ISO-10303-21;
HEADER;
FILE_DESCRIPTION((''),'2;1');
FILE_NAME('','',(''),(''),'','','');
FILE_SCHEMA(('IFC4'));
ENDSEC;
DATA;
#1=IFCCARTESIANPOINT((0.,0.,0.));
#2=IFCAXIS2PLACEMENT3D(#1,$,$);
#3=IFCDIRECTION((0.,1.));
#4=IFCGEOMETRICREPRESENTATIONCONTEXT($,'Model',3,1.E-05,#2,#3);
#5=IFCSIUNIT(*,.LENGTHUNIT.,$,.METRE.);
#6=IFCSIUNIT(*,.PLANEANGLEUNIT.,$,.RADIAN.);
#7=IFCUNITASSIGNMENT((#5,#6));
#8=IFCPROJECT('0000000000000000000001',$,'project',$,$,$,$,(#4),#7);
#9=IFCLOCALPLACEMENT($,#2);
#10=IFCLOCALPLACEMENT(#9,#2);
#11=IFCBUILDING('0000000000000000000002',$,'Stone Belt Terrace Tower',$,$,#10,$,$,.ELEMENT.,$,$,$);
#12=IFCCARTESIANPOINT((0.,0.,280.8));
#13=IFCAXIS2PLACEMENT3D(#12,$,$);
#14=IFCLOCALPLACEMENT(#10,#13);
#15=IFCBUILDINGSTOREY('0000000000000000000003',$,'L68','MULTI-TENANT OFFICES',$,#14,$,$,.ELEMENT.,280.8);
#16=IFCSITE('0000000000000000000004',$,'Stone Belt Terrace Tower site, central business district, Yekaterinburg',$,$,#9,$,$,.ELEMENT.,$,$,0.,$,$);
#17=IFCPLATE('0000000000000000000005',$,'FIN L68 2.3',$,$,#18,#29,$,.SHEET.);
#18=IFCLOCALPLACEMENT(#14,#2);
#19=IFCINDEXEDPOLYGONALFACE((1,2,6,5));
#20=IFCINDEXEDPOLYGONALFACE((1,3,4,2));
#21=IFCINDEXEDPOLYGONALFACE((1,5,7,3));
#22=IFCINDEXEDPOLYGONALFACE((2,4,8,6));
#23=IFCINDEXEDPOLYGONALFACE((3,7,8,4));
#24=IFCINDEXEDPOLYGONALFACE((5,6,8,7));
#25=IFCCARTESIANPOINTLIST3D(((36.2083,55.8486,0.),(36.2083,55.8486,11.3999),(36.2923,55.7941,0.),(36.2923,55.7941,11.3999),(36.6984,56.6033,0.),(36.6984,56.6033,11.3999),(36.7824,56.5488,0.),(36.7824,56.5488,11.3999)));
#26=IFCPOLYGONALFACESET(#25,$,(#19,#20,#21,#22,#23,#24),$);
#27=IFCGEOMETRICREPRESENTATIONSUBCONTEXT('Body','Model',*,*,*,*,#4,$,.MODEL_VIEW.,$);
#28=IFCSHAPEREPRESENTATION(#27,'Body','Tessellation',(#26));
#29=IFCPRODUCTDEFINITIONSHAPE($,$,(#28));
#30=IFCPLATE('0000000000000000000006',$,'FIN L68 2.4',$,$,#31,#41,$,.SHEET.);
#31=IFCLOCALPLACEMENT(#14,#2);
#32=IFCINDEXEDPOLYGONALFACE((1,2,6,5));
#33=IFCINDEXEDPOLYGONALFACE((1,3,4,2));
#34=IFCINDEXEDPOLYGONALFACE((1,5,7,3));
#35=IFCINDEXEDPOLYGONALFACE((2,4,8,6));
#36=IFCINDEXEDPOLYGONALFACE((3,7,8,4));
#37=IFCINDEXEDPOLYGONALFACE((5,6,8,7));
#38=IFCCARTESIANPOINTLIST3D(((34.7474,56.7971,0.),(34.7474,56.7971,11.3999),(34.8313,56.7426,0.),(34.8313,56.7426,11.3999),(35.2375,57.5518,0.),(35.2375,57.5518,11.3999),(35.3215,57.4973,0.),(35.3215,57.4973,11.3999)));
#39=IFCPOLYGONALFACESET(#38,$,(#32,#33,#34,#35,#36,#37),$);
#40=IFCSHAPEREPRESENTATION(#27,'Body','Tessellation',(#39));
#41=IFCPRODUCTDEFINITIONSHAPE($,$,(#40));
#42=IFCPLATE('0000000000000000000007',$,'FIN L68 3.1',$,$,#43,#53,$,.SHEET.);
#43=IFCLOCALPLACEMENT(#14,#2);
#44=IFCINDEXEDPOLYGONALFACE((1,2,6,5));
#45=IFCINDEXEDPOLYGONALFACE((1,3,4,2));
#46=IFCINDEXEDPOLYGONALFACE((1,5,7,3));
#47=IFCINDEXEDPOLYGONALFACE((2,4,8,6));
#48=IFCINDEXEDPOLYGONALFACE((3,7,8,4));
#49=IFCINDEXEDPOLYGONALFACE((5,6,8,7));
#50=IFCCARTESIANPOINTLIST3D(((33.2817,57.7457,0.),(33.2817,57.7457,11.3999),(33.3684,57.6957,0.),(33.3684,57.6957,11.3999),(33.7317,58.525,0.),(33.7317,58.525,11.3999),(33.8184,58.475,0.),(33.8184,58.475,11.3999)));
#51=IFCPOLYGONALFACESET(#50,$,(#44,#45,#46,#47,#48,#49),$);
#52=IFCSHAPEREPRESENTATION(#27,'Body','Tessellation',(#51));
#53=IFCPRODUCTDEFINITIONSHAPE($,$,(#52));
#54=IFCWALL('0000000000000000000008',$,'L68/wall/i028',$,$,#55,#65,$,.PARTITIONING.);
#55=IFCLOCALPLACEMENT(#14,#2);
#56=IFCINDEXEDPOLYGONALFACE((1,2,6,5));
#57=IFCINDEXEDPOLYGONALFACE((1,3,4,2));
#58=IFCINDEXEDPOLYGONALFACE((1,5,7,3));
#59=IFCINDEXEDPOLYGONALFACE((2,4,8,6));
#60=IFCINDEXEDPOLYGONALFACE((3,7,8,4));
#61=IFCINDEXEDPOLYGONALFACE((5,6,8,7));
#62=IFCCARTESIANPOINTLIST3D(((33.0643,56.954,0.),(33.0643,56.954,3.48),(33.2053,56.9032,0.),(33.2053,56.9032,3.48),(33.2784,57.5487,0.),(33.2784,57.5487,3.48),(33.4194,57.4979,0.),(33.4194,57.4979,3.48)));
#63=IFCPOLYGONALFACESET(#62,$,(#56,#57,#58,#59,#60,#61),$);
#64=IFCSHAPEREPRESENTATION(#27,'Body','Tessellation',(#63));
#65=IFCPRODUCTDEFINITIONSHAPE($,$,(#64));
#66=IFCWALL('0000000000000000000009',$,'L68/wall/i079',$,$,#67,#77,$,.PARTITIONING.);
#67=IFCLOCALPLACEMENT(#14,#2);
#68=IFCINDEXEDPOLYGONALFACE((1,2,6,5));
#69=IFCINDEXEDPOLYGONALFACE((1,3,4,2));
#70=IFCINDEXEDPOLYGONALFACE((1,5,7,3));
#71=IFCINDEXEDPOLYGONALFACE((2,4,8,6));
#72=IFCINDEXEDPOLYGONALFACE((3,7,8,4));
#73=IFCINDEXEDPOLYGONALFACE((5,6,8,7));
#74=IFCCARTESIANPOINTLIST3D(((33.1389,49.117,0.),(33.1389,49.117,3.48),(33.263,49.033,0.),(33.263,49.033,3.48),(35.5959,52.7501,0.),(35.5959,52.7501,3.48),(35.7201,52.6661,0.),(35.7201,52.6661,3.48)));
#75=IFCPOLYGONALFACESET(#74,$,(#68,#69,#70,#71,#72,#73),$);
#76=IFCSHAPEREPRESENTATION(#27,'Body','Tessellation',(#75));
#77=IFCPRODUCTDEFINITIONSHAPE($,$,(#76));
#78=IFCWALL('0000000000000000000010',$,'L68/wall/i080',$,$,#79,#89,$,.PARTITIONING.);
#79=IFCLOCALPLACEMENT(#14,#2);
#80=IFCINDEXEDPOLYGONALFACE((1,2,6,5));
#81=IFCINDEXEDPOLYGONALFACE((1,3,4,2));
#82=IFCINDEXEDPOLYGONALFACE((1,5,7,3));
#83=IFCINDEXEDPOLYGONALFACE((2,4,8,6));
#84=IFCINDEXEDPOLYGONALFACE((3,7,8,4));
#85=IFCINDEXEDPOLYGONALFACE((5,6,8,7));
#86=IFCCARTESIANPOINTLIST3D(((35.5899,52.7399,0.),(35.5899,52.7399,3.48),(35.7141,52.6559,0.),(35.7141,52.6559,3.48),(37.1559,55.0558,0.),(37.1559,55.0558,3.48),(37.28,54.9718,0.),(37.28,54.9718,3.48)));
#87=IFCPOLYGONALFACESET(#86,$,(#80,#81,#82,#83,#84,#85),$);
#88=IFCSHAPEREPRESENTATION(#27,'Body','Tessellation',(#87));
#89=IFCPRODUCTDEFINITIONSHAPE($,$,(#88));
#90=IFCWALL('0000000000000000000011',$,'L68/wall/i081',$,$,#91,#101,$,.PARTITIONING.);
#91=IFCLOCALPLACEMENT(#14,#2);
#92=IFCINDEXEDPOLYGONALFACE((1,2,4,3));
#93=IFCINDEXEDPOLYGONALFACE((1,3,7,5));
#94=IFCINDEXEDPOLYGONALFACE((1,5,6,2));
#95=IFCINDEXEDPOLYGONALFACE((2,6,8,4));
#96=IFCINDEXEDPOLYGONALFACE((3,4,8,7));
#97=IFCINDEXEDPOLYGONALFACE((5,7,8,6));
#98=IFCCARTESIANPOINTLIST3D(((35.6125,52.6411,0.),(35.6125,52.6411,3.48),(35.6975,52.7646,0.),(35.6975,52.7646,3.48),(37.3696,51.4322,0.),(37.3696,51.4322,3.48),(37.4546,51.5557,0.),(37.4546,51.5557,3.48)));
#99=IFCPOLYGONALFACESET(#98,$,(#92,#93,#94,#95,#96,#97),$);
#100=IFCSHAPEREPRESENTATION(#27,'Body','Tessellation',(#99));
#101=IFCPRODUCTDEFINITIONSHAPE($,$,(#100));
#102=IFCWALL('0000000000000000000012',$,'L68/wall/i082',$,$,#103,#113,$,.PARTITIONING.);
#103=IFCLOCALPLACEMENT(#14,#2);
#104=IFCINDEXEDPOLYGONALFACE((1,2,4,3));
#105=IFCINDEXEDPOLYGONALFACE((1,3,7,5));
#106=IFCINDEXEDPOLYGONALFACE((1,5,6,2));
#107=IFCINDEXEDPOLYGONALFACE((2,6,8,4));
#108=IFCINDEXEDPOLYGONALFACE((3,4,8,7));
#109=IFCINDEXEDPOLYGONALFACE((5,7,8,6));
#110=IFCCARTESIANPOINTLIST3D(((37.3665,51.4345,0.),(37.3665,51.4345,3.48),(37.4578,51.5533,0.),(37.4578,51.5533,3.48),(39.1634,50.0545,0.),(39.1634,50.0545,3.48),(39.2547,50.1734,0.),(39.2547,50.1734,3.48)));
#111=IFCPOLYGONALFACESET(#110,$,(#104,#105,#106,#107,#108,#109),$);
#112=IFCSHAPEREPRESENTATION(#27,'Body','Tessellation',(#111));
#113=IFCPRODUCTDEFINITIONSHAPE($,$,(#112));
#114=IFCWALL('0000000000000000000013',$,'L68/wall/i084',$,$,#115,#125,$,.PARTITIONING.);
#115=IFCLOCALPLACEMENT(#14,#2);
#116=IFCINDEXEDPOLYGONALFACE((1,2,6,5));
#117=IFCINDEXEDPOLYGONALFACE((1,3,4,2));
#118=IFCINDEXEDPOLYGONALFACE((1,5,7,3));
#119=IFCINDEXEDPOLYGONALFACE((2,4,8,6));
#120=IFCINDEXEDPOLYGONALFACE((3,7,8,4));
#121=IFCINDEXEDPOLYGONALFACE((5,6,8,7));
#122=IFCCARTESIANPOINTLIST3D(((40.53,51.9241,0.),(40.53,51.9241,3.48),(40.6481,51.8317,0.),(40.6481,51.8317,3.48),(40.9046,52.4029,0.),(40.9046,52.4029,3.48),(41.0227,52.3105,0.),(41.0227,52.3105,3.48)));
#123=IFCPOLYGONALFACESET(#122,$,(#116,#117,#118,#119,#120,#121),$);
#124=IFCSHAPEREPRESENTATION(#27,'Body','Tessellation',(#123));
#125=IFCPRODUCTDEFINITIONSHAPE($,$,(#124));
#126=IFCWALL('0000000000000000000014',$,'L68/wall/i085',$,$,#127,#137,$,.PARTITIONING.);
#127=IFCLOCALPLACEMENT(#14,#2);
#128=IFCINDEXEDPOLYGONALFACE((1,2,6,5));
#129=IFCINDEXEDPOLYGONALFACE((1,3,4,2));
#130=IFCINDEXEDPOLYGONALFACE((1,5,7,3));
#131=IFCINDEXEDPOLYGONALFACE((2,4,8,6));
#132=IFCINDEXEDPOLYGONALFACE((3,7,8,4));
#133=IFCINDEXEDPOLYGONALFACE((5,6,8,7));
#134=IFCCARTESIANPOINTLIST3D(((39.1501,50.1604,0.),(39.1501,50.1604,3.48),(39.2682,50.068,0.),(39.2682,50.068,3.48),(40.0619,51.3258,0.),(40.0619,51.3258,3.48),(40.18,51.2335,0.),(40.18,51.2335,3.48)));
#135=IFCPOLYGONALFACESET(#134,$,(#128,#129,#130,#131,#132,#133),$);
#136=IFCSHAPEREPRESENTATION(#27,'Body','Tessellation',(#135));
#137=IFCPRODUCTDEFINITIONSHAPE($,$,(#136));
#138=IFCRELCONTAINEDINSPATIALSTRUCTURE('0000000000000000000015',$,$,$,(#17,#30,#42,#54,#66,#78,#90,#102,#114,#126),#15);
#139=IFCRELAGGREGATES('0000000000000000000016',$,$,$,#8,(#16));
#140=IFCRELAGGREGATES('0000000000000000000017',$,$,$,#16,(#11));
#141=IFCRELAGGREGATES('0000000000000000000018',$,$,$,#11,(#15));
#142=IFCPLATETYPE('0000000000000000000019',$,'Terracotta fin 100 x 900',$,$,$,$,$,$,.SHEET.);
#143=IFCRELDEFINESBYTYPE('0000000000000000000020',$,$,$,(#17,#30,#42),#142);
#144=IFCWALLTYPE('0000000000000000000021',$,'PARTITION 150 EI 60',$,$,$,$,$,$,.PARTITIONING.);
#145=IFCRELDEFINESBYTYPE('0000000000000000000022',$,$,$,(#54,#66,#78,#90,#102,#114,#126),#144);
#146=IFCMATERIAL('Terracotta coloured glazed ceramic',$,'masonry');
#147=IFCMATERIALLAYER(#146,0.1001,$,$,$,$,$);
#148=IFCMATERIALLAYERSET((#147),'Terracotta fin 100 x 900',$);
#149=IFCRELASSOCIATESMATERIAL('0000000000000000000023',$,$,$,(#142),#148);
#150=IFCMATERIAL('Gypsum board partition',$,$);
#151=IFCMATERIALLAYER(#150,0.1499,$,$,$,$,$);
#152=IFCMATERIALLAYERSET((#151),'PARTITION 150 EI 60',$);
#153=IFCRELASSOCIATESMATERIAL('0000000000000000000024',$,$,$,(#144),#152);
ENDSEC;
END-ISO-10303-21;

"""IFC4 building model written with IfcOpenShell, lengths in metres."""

from ifc_helpers import new_model, si_unit, direction, frame, frame_2d, origin, origin_2d, place, context, subcontext, project, spatial, rectangle, extrude, material, layer, layer_set, type_object, element, save


model = new_model("IFC4")

# Units and contexts
model_context = context("Model", 3, precision=1e-05, world=origin(), true_north=direction((0.0, 1.0)))
body_context = subcontext(model_context, "Body", "Model", "MODEL_VIEW")
ifc_project = project(units=[si_unit("LENGTHUNIT", "METRE"), si_unit("PLANEANGLEUNIT", "RADIAN")], contexts=[model_context])

# Site, building, storey
site_placement = place(None, origin())
site = spatial("IfcSite", under=ifc_project, at=site_placement, Name="Stone Belt Terrace Tower site, central business district, Yekaterinburg", CompositionType="ELEMENT", RefElevation=0.0)
building_placement = place(site_placement, origin())
building = spatial("IfcBuilding", under=site, at=building_placement, Name="Stone Belt Terrace Tower", CompositionType="ELEMENT")
storey_placement = place(building_placement, frame((0.0, 0.0, 280.8)))
storey = spatial("IfcBuildingStorey", under=building, at=storey_placement, Name="L68", Description="MULTI-TENANT OFFICES", CompositionType="ELEMENT", Elevation=280.8)

# Plates
ifc_material_1 = material(Name="Terracotta coloured glazed ceramic", Category="masonry")
ifc_layer_1 = layer(ifc_material_1, 0.1001)
ifc_layer_set_1 = layer_set([ifc_layer_1], Name="Terracotta fin 100 x 900")
plate_type_1 = type_object("IfcPlateType", Name="Terracotta fin 100 x 900", PredefinedType="SHEET", material=ifc_layer_set_1)
for number, where, z_axis, x_axis, name in (
    (1, (36.4954, 56.1987, 0.0), (0.0, 0.0, 1.0), (0.544639, 0.838671, 0.0), "FIN L68 2.3"),
    (2, (35.0344, 57.1472, 0.0), (0.0, 0.0, 1.0), (0.544639, 0.838671, 0.0), "FIN L68 2.4"),
    (3, (33.55, 58.1104, 0.0), (0.0, 0.0, 1.0), (0.5, 0.866025, 0.0), "FIN L68 3.1"),
):
    element("IfcPlate", number, at=place(storey_placement, frame(where, z_axis=z_axis, x_axis=x_axis)), inside=storey, type_object=plate_type_1, Name=name, PredefinedType="SHEET", context=body_context, shape_type="SweptSolid", body=[
        extrude(rectangle(XDim=0.8999, YDim=0.1001, at=origin_2d()), origin(), (0.0, 0.0, 1.0), 11.3999),
    ])

# Walls
ifc_material_2 = material(Name="Gypsum board partition")
ifc_layer_2 = layer(ifc_material_2, 0.1499)
ifc_layer_set_2 = layer_set([ifc_layer_2], Name="PARTITION 150 EI 60")
wall_type = type_object("IfcWallType", Name="PARTITION 150 EI 60", PredefinedType="PARTITIONING", material=ifc_layer_set_2)
wall_1_placement = place(storey_placement, frame((33.3489, 57.5232, 0.0), z_axis=(0.0, 0.0, 1.0), x_axis=(-0.338733, -0.940882, 0.0)))
element("IfcWall", 4, at=wall_1_placement, inside=storey, type_object=wall_type, Name="L68/wall/i028", PredefinedType="PARTITIONING", context=body_context, shape_type="SweptSolid", body=[
    extrude(rectangle(XDim=0.6321, YDim=0.1499, at=frame_2d((0.3159, 0.0))), origin(), (0.0, 0.0, 1.0), 3.48),
])
wall_2_placement = place(storey_placement, frame((35.658, 52.708, 0.0), z_axis=(0.0, 0.0, 1.0), x_axis=(-0.560212, -0.82835, 0.0)))
element("IfcWall", 5, at=wall_2_placement, inside=storey, type_object=wall_type, Name="L68/wall/i079", PredefinedType="PARTITIONING", context=body_context, shape_type="SweptSolid", body=[
    extrude(rectangle(XDim=4.386, YDim=0.1499, at=frame_2d((2.1929, 0.0))), origin(), (0.0, 0.0, 1.0), 3.48),
])
wall_3_placement = place(storey_placement, frame((37.218, 55.0139, 0.0), z_axis=(0.0, 0.0, 1.0), x_axis=(-0.56013, -0.828405, 0.0)))
element("IfcWall", 6, at=wall_3_placement, inside=storey, type_object=wall_type, Name="L68/wall/i080", PredefinedType="PARTITIONING", context=body_context, shape_type="SweptSolid", body=[
    extrude(rectangle(XDim=2.7957, YDim=0.1499, at=frame_2d((1.3979, 0.0))), origin(), (0.0, 0.0, 1.0), 3.48),
])
wall_4_placement = place(storey_placement, frame((35.655, 52.7029, 0.0), z_axis=(0.0, 0.0, 1.0), x_axis=(0.823825, -0.566845, 0.0)))
element("IfcWall", 7, at=wall_4_placement, inside=storey, type_object=wall_type, Name="L68/wall/i081", PredefinedType="PARTITIONING", context=body_context, shape_type="SweptSolid", body=[
    extrude(rectangle(XDim=2.1328, YDim=0.1499, at=frame_2d((1.0664, 0.0))), origin(), (0.0, 0.0, 1.0), 3.48),
])
wall_5_placement = place(storey_placement, frame((37.4121, 51.4939, 0.0), z_axis=(0.0, 0.0, 1.0), x_axis=(0.79312, -0.609065, 0.0)))
element("IfcWall", 8, at=wall_5_placement, inside=storey, type_object=wall_type, Name="L68/wall/i082", PredefinedType="PARTITIONING", context=body_context, shape_type="SweptSolid", body=[
    extrude(rectangle(XDim=2.2656, YDim=0.1499, at=frame_2d((1.1328, 0.0))), origin(), (0.0, 0.0, 1.0), 3.48),
])
wall_6_placement = place(storey_placement, frame((40.9636, 52.3567, 0.0), z_axis=(0.0, 0.0, 1.0), x_axis=(-0.616135, -0.787641, 0.0)))
element("IfcWall", 9, at=wall_6_placement, inside=storey, type_object=wall_type, Name="L68/wall/i084", PredefinedType="PARTITIONING", context=body_context, shape_type="SweptSolid", body=[
    extrude(rectangle(XDim=0.6079, YDim=0.1499, at=frame_2d((0.304, 0.0))), origin(), (0.0, 0.0, 1.0), 3.48),
])
wall_7_placement = place(storey_placement, frame((40.1208, 51.2795, 0.0), z_axis=(0.0, 0.0, 1.0), x_axis=(-0.616188, -0.787599, 0.0)))
element("IfcWall", 10, at=wall_7_placement, inside=storey, type_object=wall_type, Name="L68/wall/i085", PredefinedType="PARTITIONING", context=body_context, shape_type="SweptSolid", body=[
    extrude(rectangle(XDim=1.4797, YDim=0.1499, at=frame_2d((0.7397, 0.0))), origin(), (0.0, 0.0, 1.0), 3.48),
])

save(model, "model.ifc")
